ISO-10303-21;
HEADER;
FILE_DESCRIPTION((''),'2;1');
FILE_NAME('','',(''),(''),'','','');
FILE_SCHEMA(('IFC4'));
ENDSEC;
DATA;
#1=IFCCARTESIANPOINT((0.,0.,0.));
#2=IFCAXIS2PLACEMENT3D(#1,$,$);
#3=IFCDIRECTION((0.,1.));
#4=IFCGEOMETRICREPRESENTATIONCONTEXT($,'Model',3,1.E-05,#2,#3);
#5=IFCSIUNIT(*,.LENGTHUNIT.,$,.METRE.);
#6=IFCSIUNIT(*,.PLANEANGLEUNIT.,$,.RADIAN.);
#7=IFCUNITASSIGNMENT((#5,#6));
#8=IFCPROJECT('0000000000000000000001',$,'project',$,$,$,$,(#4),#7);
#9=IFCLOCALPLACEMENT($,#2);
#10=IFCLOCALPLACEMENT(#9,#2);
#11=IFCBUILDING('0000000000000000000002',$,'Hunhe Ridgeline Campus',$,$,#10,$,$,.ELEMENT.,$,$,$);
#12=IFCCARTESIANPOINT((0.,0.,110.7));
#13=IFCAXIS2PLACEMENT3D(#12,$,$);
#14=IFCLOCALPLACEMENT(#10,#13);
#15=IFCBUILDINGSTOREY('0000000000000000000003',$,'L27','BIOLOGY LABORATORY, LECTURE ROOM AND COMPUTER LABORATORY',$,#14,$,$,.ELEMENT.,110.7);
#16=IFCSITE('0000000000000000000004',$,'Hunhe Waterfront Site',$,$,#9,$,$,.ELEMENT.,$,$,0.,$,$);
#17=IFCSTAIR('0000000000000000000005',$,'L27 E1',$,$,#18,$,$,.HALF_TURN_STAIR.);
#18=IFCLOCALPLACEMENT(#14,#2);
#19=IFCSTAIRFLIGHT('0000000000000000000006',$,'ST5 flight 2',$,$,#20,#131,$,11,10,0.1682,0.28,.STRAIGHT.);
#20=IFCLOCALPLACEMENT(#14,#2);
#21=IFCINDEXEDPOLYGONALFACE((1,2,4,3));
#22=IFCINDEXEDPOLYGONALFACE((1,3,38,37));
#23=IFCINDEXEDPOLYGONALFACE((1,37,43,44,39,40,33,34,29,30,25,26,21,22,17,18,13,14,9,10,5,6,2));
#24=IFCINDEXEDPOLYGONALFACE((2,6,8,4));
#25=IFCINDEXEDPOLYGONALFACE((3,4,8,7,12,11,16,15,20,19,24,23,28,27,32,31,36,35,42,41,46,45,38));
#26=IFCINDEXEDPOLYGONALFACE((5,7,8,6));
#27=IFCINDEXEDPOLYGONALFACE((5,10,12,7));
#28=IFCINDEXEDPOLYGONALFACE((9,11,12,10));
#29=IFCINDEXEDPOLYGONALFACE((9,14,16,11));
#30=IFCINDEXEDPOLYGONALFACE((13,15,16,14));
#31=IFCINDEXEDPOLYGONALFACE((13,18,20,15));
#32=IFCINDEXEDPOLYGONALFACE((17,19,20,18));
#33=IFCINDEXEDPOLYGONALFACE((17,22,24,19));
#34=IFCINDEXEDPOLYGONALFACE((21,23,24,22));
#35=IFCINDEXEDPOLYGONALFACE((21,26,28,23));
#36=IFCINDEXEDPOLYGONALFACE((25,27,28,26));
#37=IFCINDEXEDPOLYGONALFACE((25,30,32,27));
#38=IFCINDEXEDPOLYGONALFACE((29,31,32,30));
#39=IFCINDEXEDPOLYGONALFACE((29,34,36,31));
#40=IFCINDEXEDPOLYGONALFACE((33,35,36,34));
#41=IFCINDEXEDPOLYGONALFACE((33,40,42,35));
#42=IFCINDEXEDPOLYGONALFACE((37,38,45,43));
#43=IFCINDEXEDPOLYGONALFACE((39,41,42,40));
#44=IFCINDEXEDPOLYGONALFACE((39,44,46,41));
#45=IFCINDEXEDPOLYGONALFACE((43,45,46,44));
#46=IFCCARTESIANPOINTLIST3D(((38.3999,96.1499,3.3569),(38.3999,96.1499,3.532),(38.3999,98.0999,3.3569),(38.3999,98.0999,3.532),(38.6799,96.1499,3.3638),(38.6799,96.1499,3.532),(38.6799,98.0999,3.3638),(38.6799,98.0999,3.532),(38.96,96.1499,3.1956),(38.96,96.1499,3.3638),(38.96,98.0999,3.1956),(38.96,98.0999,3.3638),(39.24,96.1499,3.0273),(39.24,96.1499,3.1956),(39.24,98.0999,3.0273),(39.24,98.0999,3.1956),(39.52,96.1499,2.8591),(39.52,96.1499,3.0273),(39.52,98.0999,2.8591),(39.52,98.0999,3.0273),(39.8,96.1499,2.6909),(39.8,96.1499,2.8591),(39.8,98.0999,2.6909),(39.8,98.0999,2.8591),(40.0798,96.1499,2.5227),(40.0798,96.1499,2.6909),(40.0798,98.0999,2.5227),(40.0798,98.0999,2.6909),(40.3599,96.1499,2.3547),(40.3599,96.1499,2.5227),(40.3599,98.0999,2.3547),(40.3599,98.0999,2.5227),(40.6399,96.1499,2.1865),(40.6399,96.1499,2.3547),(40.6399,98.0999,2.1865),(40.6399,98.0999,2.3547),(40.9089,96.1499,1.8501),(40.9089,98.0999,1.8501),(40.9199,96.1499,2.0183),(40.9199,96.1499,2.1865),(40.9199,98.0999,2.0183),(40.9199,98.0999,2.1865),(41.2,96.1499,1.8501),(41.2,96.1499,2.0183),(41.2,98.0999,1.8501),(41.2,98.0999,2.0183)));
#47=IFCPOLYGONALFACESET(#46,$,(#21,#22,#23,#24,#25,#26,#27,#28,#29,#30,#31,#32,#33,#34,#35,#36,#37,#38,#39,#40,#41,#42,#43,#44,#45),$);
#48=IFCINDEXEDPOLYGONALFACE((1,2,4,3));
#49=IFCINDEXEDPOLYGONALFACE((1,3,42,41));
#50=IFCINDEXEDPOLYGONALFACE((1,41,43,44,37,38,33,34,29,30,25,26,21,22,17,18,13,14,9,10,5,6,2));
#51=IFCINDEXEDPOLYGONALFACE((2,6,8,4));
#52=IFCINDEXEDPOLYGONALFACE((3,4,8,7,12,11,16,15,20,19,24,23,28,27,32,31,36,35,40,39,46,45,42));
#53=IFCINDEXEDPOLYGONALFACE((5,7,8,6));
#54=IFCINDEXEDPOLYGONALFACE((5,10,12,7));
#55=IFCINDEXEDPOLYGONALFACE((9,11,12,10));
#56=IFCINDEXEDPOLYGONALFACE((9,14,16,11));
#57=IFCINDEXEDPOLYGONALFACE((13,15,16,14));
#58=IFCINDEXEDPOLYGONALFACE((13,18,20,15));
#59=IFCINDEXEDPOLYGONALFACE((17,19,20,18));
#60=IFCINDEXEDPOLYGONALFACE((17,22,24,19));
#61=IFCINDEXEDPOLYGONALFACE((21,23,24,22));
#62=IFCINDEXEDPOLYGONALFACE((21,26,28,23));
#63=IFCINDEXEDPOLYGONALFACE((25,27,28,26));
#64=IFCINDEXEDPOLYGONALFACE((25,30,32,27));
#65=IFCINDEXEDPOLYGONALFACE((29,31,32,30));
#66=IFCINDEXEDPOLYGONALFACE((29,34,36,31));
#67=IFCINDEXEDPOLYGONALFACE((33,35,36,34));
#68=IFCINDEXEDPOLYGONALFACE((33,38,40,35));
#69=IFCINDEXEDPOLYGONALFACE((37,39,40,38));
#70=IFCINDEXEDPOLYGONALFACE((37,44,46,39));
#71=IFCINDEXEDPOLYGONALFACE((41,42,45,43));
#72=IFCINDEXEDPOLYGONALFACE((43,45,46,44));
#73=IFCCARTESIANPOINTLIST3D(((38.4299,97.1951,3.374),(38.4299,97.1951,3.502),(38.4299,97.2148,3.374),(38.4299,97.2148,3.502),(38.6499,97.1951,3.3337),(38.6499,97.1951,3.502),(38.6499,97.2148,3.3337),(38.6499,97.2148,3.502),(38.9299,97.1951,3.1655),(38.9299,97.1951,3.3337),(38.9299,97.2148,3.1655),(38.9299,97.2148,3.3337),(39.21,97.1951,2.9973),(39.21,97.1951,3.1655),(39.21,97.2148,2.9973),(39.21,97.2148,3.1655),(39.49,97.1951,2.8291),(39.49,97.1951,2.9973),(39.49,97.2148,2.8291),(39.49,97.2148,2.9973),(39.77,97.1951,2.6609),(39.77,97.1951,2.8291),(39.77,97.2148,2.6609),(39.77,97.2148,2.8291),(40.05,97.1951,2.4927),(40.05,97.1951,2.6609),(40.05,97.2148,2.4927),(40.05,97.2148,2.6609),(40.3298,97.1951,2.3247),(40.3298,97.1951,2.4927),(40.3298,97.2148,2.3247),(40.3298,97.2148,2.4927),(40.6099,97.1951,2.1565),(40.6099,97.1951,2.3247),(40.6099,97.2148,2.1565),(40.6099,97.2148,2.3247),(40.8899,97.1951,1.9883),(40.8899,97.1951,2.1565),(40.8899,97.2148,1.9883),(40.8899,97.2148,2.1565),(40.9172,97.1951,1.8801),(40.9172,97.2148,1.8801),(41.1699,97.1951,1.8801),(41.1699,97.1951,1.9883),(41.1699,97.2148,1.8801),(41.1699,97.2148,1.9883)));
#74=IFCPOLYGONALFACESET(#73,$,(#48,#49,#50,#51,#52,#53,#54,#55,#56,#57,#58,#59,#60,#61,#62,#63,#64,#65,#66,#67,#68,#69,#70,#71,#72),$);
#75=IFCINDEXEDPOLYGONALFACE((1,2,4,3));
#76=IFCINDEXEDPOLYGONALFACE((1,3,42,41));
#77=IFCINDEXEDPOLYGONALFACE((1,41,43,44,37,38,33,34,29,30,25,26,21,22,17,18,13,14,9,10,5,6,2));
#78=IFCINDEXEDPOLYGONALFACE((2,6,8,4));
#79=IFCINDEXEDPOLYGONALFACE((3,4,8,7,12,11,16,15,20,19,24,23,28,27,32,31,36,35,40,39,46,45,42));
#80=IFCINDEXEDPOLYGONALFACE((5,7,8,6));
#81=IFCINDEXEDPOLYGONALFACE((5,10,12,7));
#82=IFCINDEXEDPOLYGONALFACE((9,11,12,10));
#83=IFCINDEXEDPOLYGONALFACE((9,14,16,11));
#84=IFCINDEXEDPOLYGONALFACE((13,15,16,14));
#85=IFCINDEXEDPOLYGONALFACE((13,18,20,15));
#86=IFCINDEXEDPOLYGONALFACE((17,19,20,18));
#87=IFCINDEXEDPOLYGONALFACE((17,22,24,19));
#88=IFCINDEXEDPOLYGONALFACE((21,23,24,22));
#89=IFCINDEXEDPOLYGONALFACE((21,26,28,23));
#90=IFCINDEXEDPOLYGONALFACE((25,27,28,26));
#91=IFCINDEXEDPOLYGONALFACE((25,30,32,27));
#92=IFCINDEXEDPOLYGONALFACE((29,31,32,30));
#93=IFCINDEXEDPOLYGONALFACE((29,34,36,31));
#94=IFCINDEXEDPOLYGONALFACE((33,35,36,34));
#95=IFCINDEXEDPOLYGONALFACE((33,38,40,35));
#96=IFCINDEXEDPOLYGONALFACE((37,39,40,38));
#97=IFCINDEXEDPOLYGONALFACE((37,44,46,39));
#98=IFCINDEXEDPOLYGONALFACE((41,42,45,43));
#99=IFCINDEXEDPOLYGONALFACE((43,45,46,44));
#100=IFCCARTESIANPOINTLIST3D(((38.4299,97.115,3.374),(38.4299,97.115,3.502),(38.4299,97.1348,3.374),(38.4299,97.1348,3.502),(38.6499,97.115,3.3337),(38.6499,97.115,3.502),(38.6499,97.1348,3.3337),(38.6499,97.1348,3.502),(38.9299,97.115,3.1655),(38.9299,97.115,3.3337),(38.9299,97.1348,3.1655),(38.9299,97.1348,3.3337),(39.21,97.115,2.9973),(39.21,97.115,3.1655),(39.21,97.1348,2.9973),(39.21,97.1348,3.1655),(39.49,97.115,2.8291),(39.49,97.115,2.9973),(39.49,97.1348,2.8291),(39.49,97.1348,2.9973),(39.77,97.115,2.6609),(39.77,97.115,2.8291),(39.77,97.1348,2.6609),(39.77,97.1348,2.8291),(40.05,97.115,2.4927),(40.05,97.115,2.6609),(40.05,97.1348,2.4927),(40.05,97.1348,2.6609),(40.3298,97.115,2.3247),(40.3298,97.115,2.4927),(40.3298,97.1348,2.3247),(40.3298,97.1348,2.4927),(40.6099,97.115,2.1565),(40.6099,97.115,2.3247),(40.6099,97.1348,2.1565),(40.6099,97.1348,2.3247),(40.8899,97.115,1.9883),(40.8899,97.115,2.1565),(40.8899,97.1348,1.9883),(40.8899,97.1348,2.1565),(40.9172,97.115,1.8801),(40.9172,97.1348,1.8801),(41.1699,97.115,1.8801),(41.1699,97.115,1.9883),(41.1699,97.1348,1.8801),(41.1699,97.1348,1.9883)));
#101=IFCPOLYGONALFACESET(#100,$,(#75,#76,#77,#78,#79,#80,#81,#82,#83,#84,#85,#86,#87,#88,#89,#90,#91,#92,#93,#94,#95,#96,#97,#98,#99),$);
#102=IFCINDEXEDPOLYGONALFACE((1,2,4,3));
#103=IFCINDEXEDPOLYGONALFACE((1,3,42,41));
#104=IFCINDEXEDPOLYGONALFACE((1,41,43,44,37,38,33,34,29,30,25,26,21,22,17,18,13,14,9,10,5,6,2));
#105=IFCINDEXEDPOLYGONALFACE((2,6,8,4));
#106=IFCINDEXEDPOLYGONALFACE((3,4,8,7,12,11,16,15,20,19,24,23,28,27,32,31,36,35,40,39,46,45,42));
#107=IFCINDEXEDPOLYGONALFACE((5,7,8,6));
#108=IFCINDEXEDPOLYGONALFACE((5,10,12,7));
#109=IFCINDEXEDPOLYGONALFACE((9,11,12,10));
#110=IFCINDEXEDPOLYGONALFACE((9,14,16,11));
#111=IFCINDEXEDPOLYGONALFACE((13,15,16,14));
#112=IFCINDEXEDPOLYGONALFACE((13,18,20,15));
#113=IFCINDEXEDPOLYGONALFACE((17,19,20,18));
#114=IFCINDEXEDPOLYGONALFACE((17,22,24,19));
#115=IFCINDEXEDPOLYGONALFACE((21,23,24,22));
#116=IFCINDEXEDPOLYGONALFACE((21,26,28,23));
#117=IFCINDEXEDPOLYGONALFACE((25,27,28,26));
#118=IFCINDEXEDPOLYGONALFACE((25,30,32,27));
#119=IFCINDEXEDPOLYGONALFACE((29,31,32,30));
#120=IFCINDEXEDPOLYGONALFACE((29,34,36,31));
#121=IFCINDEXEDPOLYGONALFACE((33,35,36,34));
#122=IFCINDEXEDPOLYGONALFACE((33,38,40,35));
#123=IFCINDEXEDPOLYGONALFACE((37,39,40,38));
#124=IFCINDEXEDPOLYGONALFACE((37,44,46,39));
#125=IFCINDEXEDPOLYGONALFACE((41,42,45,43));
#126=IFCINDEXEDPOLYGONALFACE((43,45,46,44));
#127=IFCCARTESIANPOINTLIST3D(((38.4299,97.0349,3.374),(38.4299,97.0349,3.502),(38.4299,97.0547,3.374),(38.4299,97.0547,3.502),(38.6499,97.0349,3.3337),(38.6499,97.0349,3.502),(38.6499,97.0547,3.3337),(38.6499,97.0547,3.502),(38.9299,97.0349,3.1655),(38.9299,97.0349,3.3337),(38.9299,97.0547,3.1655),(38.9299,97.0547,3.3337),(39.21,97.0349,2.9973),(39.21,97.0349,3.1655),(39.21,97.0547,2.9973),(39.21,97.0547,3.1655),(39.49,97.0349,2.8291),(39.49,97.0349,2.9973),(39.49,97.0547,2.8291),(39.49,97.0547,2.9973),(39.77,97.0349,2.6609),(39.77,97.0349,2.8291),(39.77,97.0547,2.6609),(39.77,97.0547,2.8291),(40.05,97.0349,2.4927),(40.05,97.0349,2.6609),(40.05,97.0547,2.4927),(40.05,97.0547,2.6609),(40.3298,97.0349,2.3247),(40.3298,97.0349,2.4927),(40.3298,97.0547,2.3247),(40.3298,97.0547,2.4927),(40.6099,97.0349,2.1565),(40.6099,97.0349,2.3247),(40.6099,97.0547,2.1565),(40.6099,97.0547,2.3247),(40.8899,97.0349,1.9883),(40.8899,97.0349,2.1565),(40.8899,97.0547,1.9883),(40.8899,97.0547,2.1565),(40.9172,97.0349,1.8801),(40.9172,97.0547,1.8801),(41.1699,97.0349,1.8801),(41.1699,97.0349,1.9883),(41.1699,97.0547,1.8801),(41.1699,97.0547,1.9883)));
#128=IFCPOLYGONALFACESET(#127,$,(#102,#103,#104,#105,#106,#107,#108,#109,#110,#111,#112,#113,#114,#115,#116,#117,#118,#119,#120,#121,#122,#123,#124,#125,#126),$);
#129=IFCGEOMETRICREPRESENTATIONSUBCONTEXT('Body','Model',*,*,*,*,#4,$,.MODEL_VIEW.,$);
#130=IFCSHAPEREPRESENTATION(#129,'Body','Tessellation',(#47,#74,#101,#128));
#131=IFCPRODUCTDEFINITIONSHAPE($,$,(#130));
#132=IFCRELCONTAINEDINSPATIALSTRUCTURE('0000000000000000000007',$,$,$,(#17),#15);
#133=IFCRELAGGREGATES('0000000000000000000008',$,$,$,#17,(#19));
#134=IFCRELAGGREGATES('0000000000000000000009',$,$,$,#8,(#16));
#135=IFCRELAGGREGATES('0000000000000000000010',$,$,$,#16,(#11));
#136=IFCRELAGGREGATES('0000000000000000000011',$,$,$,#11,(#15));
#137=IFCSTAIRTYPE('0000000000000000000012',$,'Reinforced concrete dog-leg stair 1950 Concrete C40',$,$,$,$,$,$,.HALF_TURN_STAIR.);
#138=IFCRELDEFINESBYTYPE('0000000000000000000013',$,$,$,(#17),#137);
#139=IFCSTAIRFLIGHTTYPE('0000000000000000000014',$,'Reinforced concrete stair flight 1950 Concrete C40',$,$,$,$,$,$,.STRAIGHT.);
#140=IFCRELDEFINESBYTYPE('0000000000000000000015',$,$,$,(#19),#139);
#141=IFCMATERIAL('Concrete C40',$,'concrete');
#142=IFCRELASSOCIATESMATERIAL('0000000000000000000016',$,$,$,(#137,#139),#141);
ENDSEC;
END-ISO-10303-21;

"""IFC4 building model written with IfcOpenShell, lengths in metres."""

from ifc_helpers import new_model, si_unit, direction, frame, origin, place, context, subcontext, project, spatial, polyline, outline, extrude, material, type_object, element, aggregate, save


model = new_model("IFC4")

# Units and contexts
model_context = context("Model", 3, precision=1e-05, world=origin(), true_north=direction((0.0, 1.0)))
body_context = subcontext(model_context, "Body", "Model", "MODEL_VIEW")
ifc_project = project(units=[si_unit("LENGTHUNIT", "METRE"), si_unit("PLANEANGLEUNIT", "RADIAN")], contexts=[model_context])

# Site, building, storey
site_placement = place(None, origin())
site = spatial("IfcSite", under=ifc_project, at=site_placement, Name="Hunhe Waterfront Site", CompositionType="ELEMENT", RefElevation=0.0)
building_placement = place(site_placement, origin())
building = spatial("IfcBuilding", under=site, at=building_placement, Name="Hunhe Ridgeline Campus", CompositionType="ELEMENT")
storey_placement = place(building_placement, frame((0.0, 0.0, 110.7)))
storey = spatial("IfcBuildingStorey", under=building, at=storey_placement, Name="L27", Description="BIOLOGY LABORATORY, LECTURE ROOM AND COMPUTER LABORATORY", CompositionType="ELEMENT", Elevation=110.7)

# Shared definitions
ifc_material_1 = material(Name="Concrete C40", Category="concrete")
stair_type = type_object("IfcStairType", Name="Reinforced concrete dog-leg stair 1950 Concrete C40", PredefinedType="HALF_TURN_STAIR", material=ifc_material_1)
stair_flight_type = type_object("IfcStairFlightType", Name="Reinforced concrete stair flight 1950 Concrete C40", PredefinedType="STRAIGHT", material=ifc_material_1)

# Stair, stair flight
stair_1_placement = place(storey_placement, origin())
stair_1 = element("IfcStair", 1, at=stair_1_placement, inside=storey, type_object=stair_type, Name="L27 E1", PredefinedType="HALF_TURN_STAIR")
stair_flight_1_placement = place(storey_placement, frame((41.2, 97.125, 1.8501), z_axis=(0.0, 0.0, 1.0), x_axis=(-1.0, 0.0, 0.0)))
stair_flight_1 = element("IfcStairFlight", 2, at=stair_flight_1_placement, type_object=stair_flight_type, Name="ST5 flight 2", NumberOfRisers=11, NumberOfTreads=10, PredefinedType="STRAIGHT", RiserHeight=0.1682, TreadLength=0.28, context=body_context, shape_type="SweptSolid", body=[
    extrude(outline(polyline([(0.0, 0.0), (0.0, 0.1682), (0.28, 0.1682), (0.28, 0.3364), (0.5601, 0.3364), (0.5601, 0.5046), (0.8401, 0.5046), (0.8401, 0.6726), (1.1201, 0.6726), (1.1201, 0.8408), (1.3999, 0.8408), (1.3999, 1.009), (1.6799, 1.009), (1.6799, 1.1772), (1.96, 1.1772), (1.96, 1.3455), (2.24, 1.3455), (2.24, 1.5137), (2.52, 1.5137), (2.52, 1.6819), (2.8, 1.6819), (2.8, 1.8501), (2.8, 1.5068), (0.291, 0.0), (0.0, 0.0)])), frame((0.0, 0.9751, 0.0), z_axis=(0.0, -1.0, 0.0), x_axis=(1.0, 0.0, 0.0)), (0.0, 0.0, 1.0), 1.95),
    extrude(outline(polyline([(0.03, 0.03), (0.03, 0.1382), (0.3101, 0.1382), (0.3101, 0.3064), (0.5901, 0.3064), (0.5901, 0.4746), (0.8701, 0.4746), (0.8701, 0.6426), (1.1499, 0.6426), (1.1499, 0.8108), (1.4299, 0.8108), (1.4299, 0.979), (1.71, 0.979), (1.71, 1.1472), (1.99, 1.1472), (1.99, 1.3154), (2.27, 1.3154), (2.27, 1.4836), (2.55, 1.4836), (2.55, 1.6519), (2.77, 1.6519), (2.77, 1.5239), (0.2827, 0.03), (0.03, 0.03)])), frame((0.0, -0.0701, 0.0), z_axis=(0.0, -1.0, 0.0), x_axis=(1.0, 0.0, 0.0)), (0.0, 0.0, 1.0), 0.0198),
    extrude(outline(polyline([(0.03, 0.03), (0.03, 0.1382), (0.3101, 0.1382), (0.3101, 0.3064), (0.5901, 0.3064), (0.5901, 0.4746), (0.8701, 0.4746), (0.8701, 0.6426), (1.1499, 0.6426), (1.1499, 0.8108), (1.4299, 0.8108), (1.4299, 0.979), (1.71, 0.979), (1.71, 1.1472), (1.99, 1.1472), (1.99, 1.3154), (2.27, 1.3154), (2.27, 1.4836), (2.55, 1.4836), (2.55, 1.6519), (2.77, 1.6519), (2.77, 1.5239), (0.2827, 0.03), (0.03, 0.03)])), frame((0.0, 0.01, 0.0), z_axis=(0.0, -1.0, 0.0), x_axis=(1.0, 0.0, 0.0)), (0.0, 0.0, 1.0), 0.0198),
    extrude(outline(polyline([(0.03, 0.03), (0.03, 0.1382), (0.3101, 0.1382), (0.3101, 0.3064), (0.5901, 0.3064), (0.5901, 0.4746), (0.8701, 0.4746), (0.8701, 0.6426), (1.1499, 0.6426), (1.1499, 0.8108), (1.4299, 0.8108), (1.4299, 0.979), (1.71, 0.979), (1.71, 1.1472), (1.99, 1.1472), (1.99, 1.3154), (2.27, 1.3154), (2.27, 1.4836), (2.55, 1.4836), (2.55, 1.6519), (2.77, 1.6519), (2.77, 1.5239), (0.2827, 0.03), (0.03, 0.03)])), frame((0.0, 0.0901, 0.0), z_axis=(0.0, -1.0, 0.0), x_axis=(1.0, 0.0, 0.0)), (0.0, 0.0, 1.0), 0.0198),
])
aggregate(stair_1, [stair_flight_1])

save(model, "model.ifc")
